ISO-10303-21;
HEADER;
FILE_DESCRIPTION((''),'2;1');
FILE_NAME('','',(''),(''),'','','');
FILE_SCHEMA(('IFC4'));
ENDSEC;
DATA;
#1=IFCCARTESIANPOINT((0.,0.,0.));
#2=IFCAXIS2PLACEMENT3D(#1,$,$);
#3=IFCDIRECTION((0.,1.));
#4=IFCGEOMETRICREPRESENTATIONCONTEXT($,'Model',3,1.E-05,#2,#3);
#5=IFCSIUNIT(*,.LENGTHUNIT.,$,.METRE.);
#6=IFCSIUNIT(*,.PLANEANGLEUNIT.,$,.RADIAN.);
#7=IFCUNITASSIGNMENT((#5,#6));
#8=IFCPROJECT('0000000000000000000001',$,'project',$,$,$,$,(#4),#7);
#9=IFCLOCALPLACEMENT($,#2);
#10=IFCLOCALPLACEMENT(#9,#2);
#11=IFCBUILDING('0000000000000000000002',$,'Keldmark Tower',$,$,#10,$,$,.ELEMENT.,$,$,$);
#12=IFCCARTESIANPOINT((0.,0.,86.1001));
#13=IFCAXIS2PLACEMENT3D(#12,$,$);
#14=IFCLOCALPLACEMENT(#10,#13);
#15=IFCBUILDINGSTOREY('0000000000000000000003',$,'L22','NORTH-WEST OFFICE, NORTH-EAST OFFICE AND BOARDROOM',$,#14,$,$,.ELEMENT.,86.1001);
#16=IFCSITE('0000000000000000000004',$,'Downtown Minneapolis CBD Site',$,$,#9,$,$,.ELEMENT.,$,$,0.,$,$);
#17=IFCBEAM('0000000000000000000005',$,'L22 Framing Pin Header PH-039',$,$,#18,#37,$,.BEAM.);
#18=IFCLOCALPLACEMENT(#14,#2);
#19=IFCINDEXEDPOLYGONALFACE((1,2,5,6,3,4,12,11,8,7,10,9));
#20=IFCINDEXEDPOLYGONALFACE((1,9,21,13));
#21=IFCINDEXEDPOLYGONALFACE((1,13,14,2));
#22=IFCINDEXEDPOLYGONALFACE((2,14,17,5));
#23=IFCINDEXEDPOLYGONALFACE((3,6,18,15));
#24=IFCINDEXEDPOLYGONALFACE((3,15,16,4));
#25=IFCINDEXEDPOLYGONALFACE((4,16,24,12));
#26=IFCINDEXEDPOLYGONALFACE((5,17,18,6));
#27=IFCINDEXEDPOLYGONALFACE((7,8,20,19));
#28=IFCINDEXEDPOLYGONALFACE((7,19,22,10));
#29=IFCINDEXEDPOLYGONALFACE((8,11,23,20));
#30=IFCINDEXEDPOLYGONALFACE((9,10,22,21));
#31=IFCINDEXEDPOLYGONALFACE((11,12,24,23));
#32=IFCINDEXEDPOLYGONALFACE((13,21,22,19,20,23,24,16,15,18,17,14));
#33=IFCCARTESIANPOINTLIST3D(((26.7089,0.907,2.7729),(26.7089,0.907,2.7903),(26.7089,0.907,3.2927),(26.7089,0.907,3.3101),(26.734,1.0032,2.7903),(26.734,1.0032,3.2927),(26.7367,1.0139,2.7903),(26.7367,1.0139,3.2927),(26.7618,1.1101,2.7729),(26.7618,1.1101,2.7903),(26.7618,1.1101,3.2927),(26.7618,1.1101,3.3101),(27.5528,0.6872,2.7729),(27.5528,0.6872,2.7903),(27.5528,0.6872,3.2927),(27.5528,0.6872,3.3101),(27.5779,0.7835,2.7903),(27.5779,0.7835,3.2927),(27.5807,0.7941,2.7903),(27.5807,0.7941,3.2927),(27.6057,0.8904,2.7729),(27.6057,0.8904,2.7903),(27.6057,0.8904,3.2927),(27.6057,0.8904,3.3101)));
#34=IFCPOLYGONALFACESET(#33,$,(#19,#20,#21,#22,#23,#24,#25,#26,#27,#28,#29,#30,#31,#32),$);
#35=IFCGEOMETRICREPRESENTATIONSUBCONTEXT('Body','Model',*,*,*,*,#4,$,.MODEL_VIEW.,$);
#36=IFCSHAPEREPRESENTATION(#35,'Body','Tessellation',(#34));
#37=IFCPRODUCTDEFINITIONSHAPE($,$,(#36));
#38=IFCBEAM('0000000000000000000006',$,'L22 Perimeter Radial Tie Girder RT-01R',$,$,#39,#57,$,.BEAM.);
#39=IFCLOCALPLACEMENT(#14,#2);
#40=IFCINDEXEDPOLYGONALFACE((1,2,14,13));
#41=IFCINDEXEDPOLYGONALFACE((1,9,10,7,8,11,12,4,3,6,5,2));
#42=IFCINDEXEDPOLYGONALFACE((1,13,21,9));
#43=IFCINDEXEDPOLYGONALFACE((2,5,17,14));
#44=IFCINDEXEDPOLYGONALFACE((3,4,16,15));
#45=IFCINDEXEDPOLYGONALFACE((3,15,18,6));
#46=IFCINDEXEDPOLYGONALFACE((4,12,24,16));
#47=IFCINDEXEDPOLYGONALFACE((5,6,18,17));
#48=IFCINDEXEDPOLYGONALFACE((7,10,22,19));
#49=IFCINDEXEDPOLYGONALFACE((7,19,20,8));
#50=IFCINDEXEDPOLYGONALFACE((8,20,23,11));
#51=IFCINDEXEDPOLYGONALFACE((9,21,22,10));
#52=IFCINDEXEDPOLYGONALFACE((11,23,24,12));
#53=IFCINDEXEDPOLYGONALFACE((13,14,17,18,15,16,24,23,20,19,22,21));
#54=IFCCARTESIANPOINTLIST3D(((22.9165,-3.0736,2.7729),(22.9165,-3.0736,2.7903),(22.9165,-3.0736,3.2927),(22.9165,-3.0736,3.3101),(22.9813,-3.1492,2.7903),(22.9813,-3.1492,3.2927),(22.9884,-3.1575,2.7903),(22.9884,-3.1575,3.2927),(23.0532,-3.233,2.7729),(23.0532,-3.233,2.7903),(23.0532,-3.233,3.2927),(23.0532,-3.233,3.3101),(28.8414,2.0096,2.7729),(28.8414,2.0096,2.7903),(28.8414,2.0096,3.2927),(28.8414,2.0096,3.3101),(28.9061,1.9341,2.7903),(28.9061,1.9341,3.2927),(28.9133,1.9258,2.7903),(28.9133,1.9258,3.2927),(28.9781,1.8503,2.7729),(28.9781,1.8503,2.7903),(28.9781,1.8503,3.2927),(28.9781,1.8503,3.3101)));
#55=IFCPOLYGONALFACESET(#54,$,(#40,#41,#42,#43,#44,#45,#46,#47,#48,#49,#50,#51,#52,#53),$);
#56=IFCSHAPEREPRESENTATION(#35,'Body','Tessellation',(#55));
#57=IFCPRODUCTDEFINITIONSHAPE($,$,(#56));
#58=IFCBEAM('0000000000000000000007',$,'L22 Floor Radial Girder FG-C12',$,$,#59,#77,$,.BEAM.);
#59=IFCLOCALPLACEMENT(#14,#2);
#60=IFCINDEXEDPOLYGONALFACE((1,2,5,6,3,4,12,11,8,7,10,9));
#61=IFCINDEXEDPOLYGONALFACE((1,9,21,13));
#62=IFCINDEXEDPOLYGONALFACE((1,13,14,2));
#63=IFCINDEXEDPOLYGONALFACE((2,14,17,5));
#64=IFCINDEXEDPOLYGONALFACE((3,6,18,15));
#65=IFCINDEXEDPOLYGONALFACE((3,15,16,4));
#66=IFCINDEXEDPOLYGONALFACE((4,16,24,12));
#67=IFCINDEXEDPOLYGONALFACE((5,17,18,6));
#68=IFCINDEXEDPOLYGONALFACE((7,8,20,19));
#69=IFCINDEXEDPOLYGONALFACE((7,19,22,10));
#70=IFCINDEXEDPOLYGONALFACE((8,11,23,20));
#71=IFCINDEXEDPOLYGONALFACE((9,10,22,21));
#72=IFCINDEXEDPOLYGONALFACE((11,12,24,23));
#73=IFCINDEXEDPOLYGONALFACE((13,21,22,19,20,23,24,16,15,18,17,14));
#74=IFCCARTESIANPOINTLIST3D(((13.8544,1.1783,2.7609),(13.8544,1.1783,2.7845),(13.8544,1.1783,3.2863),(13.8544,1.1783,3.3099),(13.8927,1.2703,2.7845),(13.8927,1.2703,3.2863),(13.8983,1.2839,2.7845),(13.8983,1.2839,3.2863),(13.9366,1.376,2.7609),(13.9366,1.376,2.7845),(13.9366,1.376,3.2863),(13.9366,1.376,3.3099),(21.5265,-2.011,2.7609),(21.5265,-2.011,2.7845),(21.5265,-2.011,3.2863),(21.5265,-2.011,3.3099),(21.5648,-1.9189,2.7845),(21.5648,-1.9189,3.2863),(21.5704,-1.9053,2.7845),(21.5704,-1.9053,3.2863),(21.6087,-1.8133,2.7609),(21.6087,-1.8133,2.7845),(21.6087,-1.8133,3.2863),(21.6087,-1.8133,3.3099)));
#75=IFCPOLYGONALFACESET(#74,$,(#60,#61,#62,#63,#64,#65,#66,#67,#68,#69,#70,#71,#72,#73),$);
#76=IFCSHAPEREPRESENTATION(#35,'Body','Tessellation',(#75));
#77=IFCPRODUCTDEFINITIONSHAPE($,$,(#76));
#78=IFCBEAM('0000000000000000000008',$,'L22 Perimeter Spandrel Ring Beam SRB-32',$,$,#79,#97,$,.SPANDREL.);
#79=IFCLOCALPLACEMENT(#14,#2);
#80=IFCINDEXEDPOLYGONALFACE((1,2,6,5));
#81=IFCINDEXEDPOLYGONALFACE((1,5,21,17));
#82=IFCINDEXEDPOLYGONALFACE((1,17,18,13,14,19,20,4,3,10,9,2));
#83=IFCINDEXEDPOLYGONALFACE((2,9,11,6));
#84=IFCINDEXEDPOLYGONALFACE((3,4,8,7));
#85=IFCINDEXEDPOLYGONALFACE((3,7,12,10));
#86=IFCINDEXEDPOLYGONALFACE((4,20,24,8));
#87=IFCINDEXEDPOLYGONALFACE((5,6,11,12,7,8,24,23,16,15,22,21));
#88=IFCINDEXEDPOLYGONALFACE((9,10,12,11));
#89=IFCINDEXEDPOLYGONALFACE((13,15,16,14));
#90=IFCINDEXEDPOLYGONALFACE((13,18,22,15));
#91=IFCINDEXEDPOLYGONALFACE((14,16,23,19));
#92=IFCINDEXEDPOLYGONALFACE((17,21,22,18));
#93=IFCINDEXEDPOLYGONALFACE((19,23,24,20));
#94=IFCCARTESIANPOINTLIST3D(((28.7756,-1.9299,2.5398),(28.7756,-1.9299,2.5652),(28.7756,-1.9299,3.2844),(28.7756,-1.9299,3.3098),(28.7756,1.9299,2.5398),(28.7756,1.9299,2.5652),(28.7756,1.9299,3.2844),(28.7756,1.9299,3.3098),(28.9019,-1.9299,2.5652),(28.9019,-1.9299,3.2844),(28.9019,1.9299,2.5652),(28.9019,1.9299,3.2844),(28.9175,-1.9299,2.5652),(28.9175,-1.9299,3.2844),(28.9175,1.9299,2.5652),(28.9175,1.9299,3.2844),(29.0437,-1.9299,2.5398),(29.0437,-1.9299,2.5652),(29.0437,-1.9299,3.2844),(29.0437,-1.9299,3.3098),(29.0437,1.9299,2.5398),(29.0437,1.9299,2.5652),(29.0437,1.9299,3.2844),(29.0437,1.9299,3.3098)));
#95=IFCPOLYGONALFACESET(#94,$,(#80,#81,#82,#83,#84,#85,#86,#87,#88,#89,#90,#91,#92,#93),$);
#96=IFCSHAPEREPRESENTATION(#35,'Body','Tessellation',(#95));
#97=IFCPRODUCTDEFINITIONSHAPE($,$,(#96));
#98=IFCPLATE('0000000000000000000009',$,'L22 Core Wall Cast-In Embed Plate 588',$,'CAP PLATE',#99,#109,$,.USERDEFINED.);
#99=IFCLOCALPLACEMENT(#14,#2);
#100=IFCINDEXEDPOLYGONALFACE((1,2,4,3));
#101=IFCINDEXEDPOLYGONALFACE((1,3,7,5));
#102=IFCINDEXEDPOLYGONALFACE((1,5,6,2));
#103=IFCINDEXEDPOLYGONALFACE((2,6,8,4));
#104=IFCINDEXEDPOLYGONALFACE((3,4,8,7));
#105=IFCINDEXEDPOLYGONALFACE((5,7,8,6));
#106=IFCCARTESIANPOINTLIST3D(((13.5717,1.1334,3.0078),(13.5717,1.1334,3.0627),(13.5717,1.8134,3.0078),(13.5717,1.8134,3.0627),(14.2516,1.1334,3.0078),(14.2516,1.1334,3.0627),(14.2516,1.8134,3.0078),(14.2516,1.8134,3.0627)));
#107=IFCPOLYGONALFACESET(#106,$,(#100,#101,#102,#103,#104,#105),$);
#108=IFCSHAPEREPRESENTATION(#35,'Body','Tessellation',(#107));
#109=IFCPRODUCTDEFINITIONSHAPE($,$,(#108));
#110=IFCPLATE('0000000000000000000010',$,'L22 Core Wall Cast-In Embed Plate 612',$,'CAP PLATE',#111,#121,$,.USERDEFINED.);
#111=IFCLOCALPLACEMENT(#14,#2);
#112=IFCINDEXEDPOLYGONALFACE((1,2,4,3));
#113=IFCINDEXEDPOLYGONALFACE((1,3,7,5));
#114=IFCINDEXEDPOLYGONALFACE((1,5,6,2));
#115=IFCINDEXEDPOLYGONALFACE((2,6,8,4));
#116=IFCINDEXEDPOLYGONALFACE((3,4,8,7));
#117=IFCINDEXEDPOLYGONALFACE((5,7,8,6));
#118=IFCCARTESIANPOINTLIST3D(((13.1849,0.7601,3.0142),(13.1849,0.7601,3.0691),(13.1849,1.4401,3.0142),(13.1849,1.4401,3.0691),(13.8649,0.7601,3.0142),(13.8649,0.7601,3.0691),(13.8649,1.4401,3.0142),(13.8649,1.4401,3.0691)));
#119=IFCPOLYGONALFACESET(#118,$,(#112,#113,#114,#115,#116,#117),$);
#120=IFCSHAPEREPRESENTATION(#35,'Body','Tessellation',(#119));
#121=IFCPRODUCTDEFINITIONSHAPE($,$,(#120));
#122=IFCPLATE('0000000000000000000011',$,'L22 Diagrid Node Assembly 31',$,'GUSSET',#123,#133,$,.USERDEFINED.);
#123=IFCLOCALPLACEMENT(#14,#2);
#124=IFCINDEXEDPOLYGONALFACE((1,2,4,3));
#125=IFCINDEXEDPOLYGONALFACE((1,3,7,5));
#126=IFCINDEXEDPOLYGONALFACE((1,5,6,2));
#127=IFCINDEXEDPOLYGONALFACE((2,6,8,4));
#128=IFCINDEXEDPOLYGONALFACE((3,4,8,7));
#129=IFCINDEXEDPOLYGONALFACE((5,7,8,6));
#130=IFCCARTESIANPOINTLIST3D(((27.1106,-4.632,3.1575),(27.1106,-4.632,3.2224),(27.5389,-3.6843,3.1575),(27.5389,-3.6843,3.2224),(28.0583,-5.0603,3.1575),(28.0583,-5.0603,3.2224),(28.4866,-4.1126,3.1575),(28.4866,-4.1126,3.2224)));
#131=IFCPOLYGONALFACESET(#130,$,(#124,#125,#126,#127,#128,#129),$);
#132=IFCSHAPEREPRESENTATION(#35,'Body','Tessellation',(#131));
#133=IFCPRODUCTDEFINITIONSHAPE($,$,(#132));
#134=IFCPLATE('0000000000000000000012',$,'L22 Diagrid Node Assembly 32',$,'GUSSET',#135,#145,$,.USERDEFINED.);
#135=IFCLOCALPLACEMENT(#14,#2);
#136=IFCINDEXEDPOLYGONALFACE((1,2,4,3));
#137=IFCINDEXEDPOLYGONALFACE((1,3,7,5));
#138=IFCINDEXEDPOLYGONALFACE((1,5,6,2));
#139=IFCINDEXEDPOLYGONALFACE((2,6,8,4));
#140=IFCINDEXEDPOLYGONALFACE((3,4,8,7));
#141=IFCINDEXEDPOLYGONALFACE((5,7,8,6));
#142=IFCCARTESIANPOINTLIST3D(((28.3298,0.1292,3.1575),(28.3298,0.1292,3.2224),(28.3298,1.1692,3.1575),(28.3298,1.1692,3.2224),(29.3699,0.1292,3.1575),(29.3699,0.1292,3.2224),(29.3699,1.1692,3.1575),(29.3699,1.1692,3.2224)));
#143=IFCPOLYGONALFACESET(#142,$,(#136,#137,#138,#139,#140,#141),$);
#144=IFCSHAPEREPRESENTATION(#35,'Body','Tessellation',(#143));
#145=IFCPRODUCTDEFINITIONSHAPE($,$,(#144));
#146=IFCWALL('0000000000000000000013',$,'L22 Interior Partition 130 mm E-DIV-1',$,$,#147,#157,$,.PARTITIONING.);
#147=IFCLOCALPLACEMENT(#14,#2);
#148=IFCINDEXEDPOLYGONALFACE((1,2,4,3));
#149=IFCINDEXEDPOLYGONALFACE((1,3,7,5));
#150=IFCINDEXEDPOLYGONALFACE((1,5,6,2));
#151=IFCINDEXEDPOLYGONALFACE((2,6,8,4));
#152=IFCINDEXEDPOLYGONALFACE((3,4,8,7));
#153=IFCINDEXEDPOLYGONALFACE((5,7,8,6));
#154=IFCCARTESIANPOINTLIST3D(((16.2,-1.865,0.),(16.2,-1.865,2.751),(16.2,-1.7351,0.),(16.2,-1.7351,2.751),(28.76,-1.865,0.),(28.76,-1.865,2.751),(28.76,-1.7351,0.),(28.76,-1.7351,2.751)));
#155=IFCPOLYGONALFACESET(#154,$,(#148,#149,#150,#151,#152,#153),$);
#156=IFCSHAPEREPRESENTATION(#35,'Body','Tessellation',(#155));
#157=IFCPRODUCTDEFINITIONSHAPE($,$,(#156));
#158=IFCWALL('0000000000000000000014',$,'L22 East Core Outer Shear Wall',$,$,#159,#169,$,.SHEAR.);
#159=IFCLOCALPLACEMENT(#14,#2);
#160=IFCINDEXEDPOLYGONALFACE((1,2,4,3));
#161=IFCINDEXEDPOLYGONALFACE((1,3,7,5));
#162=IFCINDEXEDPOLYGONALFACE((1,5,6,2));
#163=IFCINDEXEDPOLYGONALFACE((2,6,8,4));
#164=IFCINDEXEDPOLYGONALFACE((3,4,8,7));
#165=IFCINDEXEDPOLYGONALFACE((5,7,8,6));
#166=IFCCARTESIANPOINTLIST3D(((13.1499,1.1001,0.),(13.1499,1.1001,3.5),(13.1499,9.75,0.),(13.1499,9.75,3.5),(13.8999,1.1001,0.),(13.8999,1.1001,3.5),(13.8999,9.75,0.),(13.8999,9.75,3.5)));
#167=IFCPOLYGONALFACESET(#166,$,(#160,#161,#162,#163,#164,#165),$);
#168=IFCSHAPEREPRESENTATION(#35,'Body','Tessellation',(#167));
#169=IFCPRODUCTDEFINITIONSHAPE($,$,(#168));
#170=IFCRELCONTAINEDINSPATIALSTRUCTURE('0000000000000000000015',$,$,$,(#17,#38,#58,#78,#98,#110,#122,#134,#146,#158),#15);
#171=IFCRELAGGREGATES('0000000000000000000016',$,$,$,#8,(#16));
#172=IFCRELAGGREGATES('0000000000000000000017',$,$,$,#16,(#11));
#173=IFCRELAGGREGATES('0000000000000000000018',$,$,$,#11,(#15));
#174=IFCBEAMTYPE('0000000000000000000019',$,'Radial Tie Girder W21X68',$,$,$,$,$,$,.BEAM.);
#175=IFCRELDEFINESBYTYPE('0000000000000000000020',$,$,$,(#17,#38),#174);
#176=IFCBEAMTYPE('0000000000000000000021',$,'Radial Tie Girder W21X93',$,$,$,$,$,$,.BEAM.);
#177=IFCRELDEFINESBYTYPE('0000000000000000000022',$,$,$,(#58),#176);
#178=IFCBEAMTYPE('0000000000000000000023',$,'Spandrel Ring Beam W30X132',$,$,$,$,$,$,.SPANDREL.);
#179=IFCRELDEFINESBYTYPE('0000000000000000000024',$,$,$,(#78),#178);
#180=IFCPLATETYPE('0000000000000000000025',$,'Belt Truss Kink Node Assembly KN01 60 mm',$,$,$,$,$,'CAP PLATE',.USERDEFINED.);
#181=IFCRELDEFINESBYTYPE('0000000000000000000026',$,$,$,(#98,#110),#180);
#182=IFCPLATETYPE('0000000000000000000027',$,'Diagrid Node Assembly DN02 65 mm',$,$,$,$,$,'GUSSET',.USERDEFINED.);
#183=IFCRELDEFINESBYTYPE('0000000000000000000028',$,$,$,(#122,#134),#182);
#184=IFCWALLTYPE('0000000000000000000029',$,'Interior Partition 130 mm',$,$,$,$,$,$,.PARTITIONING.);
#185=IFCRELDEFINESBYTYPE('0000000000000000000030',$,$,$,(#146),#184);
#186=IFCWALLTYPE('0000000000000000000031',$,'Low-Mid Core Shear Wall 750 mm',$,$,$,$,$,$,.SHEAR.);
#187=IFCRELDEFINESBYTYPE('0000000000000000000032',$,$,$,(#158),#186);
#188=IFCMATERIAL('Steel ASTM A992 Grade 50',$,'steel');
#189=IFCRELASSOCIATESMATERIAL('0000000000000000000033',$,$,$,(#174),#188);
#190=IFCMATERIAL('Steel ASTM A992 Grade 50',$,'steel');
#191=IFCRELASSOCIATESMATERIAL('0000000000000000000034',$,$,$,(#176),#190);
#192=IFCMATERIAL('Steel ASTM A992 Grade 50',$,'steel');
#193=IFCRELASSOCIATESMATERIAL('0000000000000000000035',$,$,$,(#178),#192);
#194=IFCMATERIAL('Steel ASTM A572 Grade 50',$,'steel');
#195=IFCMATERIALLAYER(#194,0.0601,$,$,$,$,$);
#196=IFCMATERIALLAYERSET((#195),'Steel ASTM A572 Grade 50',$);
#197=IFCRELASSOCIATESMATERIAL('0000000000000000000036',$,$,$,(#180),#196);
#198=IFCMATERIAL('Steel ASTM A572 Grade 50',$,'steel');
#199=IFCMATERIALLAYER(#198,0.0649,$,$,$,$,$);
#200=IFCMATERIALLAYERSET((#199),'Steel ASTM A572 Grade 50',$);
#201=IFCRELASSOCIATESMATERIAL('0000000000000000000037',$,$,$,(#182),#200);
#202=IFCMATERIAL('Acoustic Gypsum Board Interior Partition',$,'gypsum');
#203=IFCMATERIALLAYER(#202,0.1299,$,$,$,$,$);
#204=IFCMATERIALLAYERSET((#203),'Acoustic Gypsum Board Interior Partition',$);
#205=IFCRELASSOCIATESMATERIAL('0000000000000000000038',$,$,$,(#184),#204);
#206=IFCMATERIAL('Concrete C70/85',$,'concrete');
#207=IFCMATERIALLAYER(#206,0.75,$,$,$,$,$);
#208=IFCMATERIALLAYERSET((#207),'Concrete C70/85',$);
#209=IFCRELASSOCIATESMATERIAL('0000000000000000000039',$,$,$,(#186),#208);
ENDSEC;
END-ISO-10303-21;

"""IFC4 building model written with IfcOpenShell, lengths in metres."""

from ifc_helpers import new_model, si_unit, direction, frame, frame_2d, origin, origin_2d, place, context, subcontext, project, spatial, rectangle, i_section, extrude, material, layer, layer_set, material_profile, profile_set, type_object, element, save


model = new_model("IFC4")

# Units and contexts
model_context = context("Model", 3, precision=1e-05, world=origin(), true_north=direction((0.0, 1.0)))
body_context = subcontext(model_context, "Body", "Model", "MODEL_VIEW")
ifc_project = project(units=[si_unit("LENGTHUNIT", "METRE"), si_unit("PLANEANGLEUNIT", "RADIAN")], contexts=[model_context])

# Site, building, storey
site_placement = place(None, origin())
site = spatial("IfcSite", under=ifc_project, at=site_placement, Name="Downtown Minneapolis CBD Site", CompositionType="ELEMENT", RefElevation=0.0)
building_placement = place(site_placement, origin())
building = spatial("IfcBuilding", under=site, at=building_placement, Name="Keldmark Tower", CompositionType="ELEMENT")
storey_placement = place(building_placement, frame((0.0, 0.0, 86.1001)))
storey = spatial("IfcBuildingStorey", under=building, at=storey_placement, Name="L22", Description="NORTH-WEST OFFICE, NORTH-EAST OFFICE AND BOARDROOM", CompositionType="ELEMENT", Elevation=86.1001)

# Beams
ifc_material_1 = material(Name="Steel ASTM A992 Grade 50", Category="steel")
ifc_material_profile_1 = material_profile(ifc_material_1, i_section(OverallWidth=0.21, OverallDepth=0.5371, WebThickness=0.011, FlangeThickness=0.0173, at=origin_2d()), Name="W21X68")
ifc_profile_set_1 = profile_set([ifc_material_profile_1], Name="Steel ASTM A992 Grade 50")
beam_type_1 = type_object("IfcBeamType", Name="Radial Tie Girder W21X68", PredefinedType="BEAM", material=ifc_profile_set_1)
beam_1_placement = place(storey_placement, frame((26.7354, 1.0085, 3.0415), z_axis=(0.967742, -0.251943, 0.0), x_axis=(0.251943, 0.967742, 0.0)))
element("IfcBeam", 1, at=beam_1_placement, inside=storey, type_object=beam_type_1, Name="L22 Framing Pin Header PH-039", PredefinedType="BEAM", context=body_context, shape_type="SweptSolid", body=[
    extrude(i_section(OverallWidth=0.21, OverallDepth=0.5371, WebThickness=0.011, FlangeThickness=0.0173, at=origin_2d()), origin(), (0.0, 0.0, 1.0), 0.8721),
])
beam_2_placement = place(storey_placement, frame((22.9849, -3.1533, 3.0415), z_axis=(0.75895, 0.651149, 0.0), x_axis=(-0.651149, 0.75895, 0.0)))
element("IfcBeam", 2, at=beam_2_placement, inside=storey, type_object=beam_type_1, Name="L22 Perimeter Radial Tie Girder RT-01R", PredefinedType="BEAM", context=body_context, shape_type="SweptSolid", body=[
    extrude(i_section(OverallWidth=0.21, OverallDepth=0.5371, WebThickness=0.011, FlangeThickness=0.0173, at=origin_2d()), origin(), (0.0, 0.0, 1.0), 7.8066),
])
ifc_material_2 = material(Name="Steel ASTM A992 Grade 50", Category="steel")
ifc_material_profile_2 = material_profile(ifc_material_2, i_section(OverallWidth=0.2141, OverallDepth=0.5491, WebThickness=0.0146, FlangeThickness=0.0237, at=origin_2d()), Name="W21X93")
ifc_profile_set_2 = profile_set([ifc_material_profile_2], Name="Steel ASTM A992 Grade 50")
beam_type_2 = type_object("IfcBeamType", Name="Radial Tie Girder W21X93", PredefinedType="BEAM", material=ifc_profile_set_2)
beam_3_placement = place(storey_placement, frame((21.5676, -1.9121, 3.0354), z_axis=(-0.923397, 0.383845, 0.0), x_axis=(-0.383845, -0.923397, 0.0)))
element("IfcBeam", 3, at=beam_3_placement, inside=storey, type_object=beam_type_2, Name="L22 Floor Radial Girder FG-C12", PredefinedType="BEAM", context=body_context, shape_type="SweptSolid", body=[
    extrude(i_section(OverallWidth=0.2141, OverallDepth=0.5491, WebThickness=0.0146, FlangeThickness=0.0237, at=origin_2d()), origin(), (0.0, 0.0, 1.0), 8.3086),
])
ifc_material_3 = material(Name="Steel ASTM A992 Grade 50", Category="steel")
ifc_material_profile_3 = material_profile(ifc_material_3, i_section(OverallWidth=0.2681, OverallDepth=0.77, WebThickness=0.0156, FlangeThickness=0.0254, at=origin_2d()), Name="W30X132")
ifc_profile_set_3 = profile_set([ifc_material_profile_3], Name="Steel ASTM A992 Grade 50")
beam_type_3 = type_object("IfcBeamType", Name="Spandrel Ring Beam W30X132", PredefinedType="SPANDREL", material=ifc_profile_set_3)
beam_4_placement = place(storey_placement, frame((28.9097, -1.9299, 2.9248), z_axis=(0.0, 1.0, 0.0), x_axis=(-1.0, 0.0, 0.0)))
element("IfcBeam", 4, at=beam_4_placement, inside=storey, type_object=beam_type_3, Name="L22 Perimeter Spandrel Ring Beam SRB-32", PredefinedType="SPANDREL", context=body_context, shape_type="SweptSolid", body=[
    extrude(i_section(OverallWidth=0.2681, OverallDepth=0.77, WebThickness=0.0156, FlangeThickness=0.0254, at=origin_2d()), origin(), (0.0, 0.0, 1.0), 3.8599),
])

# Plates
ifc_material_4 = material(Name="Steel ASTM A572 Grade 50", Category="steel")
ifc_layer_1 = layer(ifc_material_4, 0.0601)
ifc_layer_set_1 = layer_set([ifc_layer_1], Name="Steel ASTM A572 Grade 50")
plate_type_1 = type_object("IfcPlateType", Name="Belt Truss Kink Node Assembly KN01 60 mm", ElementType="CAP PLATE", PredefinedType="USERDEFINED", material=ifc_layer_set_1)
for number, where, z_axis, x_axis, name in (
    (5, (13.9116, 1.4734, 3.0078), (0.0, 0.0, 1.0), (1.0, 0.0, 0.0), "L22 Core Wall Cast-In Embed Plate 588"),
    (6, (13.5249, 1.1001, 3.0142), (0.0, 0.0, 1.0), (1.0, 0.0, 0.0), "L22 Core Wall Cast-In Embed Plate 612"),
):
    element("IfcPlate", number, at=place(storey_placement, frame(where, z_axis=z_axis, x_axis=x_axis)), inside=storey, type_object=plate_type_1, Name=name, ObjectType="CAP PLATE", PredefinedType="USERDEFINED", context=body_context, shape_type="SweptSolid", body=[
        extrude(rectangle(XDim=0.6799, YDim=0.6799, at=origin_2d()), origin(), (0.0, 0.0, 1.0), 0.0549),
    ])
ifc_material_5 = material(Name="Steel ASTM A572 Grade 50", Category="steel")
ifc_layer_2 = layer(ifc_material_5, 0.0649)
ifc_layer_set_2 = layer_set([ifc_layer_2], Name="Steel ASTM A572 Grade 50")
plate_type_2 = type_object("IfcPlateType", Name="Diagrid Node Assembly DN02 65 mm", ElementType="GUSSET", PredefinedType="USERDEFINED", material=ifc_layer_set_2)
for number, where, z_axis, x_axis, name in (
    (7, (27.7986, -4.3723, 3.1575), (0.0, 0.0, 1.0), (0.411832, 0.91126, 0.0), "L22 Diagrid Node Assembly 31"),
    (8, (28.8499, 0.6492, 3.1575), (0.0, 0.0, 1.0), (0.0, 1.0, 0.0), "L22 Diagrid Node Assembly 32"),
):
    element("IfcPlate", number, at=place(storey_placement, frame(where, z_axis=z_axis, x_axis=x_axis)), inside=storey, type_object=plate_type_2, Name=name, ObjectType="GUSSET", PredefinedType="USERDEFINED", context=body_context, shape_type="SweptSolid", body=[
        extrude(rectangle(XDim=1.04, YDim=1.04, at=origin_2d()), origin(), (0.0, 0.0, 1.0), 0.0649),
    ])

# Walls
ifc_material_6 = material(Name="Acoustic Gypsum Board Interior Partition", Category="gypsum")
ifc_layer_3 = layer(ifc_material_6, 0.1299)
ifc_layer_set_3 = layer_set([ifc_layer_3], Name="Acoustic Gypsum Board Interior Partition")
wall_type_1 = type_object("IfcWallType", Name="Interior Partition 130 mm", PredefinedType="PARTITIONING", material=ifc_layer_set_3)
wall_1_placement = place(storey_placement, frame((16.2, -1.8, 0.0), z_axis=(0.0, 0.0, 1.0), x_axis=(1.0, 0.0, 0.0)))
element("IfcWall", 9, at=wall_1_placement, inside=storey, type_object=wall_type_1, Name="L22 Interior Partition 130 mm E-DIV-1", PredefinedType="PARTITIONING", context=body_context, shape_type="SweptSolid", body=[
    extrude(rectangle(XDim=12.5601, YDim=0.1299, at=frame_2d((6.28, 0.0))), origin(), (0.0, 0.0, 1.0), 2.751),
])
ifc_material_7 = material(Name="Concrete C70/85", Category="concrete")
ifc_layer_4 = layer(ifc_material_7, 0.75)
ifc_layer_set_4 = layer_set([ifc_layer_4], Name="Concrete C70/85")
wall_type_2 = type_object("IfcWallType", Name="Low-Mid Core Shear Wall 750 mm", PredefinedType="SHEAR", material=ifc_layer_set_4)
wall_2_placement = place(storey_placement, frame((13.5249, 1.1001, 0.0), z_axis=(0.0, 0.0, 1.0), x_axis=(0.0, 1.0, 0.0)))
element("IfcWall", 10, at=wall_2_placement, inside=storey, type_object=wall_type_2, Name="L22 East Core Outer Shear Wall", PredefinedType="SHEAR", context=body_context, shape_type="SweptSolid", body=[
    extrude(rectangle(XDim=8.6499, YDim=0.75, at=frame_2d((4.325, 0.0))), origin(), (0.0, 0.0, 1.0), 3.5),
])

save(model, "model.ifc")
